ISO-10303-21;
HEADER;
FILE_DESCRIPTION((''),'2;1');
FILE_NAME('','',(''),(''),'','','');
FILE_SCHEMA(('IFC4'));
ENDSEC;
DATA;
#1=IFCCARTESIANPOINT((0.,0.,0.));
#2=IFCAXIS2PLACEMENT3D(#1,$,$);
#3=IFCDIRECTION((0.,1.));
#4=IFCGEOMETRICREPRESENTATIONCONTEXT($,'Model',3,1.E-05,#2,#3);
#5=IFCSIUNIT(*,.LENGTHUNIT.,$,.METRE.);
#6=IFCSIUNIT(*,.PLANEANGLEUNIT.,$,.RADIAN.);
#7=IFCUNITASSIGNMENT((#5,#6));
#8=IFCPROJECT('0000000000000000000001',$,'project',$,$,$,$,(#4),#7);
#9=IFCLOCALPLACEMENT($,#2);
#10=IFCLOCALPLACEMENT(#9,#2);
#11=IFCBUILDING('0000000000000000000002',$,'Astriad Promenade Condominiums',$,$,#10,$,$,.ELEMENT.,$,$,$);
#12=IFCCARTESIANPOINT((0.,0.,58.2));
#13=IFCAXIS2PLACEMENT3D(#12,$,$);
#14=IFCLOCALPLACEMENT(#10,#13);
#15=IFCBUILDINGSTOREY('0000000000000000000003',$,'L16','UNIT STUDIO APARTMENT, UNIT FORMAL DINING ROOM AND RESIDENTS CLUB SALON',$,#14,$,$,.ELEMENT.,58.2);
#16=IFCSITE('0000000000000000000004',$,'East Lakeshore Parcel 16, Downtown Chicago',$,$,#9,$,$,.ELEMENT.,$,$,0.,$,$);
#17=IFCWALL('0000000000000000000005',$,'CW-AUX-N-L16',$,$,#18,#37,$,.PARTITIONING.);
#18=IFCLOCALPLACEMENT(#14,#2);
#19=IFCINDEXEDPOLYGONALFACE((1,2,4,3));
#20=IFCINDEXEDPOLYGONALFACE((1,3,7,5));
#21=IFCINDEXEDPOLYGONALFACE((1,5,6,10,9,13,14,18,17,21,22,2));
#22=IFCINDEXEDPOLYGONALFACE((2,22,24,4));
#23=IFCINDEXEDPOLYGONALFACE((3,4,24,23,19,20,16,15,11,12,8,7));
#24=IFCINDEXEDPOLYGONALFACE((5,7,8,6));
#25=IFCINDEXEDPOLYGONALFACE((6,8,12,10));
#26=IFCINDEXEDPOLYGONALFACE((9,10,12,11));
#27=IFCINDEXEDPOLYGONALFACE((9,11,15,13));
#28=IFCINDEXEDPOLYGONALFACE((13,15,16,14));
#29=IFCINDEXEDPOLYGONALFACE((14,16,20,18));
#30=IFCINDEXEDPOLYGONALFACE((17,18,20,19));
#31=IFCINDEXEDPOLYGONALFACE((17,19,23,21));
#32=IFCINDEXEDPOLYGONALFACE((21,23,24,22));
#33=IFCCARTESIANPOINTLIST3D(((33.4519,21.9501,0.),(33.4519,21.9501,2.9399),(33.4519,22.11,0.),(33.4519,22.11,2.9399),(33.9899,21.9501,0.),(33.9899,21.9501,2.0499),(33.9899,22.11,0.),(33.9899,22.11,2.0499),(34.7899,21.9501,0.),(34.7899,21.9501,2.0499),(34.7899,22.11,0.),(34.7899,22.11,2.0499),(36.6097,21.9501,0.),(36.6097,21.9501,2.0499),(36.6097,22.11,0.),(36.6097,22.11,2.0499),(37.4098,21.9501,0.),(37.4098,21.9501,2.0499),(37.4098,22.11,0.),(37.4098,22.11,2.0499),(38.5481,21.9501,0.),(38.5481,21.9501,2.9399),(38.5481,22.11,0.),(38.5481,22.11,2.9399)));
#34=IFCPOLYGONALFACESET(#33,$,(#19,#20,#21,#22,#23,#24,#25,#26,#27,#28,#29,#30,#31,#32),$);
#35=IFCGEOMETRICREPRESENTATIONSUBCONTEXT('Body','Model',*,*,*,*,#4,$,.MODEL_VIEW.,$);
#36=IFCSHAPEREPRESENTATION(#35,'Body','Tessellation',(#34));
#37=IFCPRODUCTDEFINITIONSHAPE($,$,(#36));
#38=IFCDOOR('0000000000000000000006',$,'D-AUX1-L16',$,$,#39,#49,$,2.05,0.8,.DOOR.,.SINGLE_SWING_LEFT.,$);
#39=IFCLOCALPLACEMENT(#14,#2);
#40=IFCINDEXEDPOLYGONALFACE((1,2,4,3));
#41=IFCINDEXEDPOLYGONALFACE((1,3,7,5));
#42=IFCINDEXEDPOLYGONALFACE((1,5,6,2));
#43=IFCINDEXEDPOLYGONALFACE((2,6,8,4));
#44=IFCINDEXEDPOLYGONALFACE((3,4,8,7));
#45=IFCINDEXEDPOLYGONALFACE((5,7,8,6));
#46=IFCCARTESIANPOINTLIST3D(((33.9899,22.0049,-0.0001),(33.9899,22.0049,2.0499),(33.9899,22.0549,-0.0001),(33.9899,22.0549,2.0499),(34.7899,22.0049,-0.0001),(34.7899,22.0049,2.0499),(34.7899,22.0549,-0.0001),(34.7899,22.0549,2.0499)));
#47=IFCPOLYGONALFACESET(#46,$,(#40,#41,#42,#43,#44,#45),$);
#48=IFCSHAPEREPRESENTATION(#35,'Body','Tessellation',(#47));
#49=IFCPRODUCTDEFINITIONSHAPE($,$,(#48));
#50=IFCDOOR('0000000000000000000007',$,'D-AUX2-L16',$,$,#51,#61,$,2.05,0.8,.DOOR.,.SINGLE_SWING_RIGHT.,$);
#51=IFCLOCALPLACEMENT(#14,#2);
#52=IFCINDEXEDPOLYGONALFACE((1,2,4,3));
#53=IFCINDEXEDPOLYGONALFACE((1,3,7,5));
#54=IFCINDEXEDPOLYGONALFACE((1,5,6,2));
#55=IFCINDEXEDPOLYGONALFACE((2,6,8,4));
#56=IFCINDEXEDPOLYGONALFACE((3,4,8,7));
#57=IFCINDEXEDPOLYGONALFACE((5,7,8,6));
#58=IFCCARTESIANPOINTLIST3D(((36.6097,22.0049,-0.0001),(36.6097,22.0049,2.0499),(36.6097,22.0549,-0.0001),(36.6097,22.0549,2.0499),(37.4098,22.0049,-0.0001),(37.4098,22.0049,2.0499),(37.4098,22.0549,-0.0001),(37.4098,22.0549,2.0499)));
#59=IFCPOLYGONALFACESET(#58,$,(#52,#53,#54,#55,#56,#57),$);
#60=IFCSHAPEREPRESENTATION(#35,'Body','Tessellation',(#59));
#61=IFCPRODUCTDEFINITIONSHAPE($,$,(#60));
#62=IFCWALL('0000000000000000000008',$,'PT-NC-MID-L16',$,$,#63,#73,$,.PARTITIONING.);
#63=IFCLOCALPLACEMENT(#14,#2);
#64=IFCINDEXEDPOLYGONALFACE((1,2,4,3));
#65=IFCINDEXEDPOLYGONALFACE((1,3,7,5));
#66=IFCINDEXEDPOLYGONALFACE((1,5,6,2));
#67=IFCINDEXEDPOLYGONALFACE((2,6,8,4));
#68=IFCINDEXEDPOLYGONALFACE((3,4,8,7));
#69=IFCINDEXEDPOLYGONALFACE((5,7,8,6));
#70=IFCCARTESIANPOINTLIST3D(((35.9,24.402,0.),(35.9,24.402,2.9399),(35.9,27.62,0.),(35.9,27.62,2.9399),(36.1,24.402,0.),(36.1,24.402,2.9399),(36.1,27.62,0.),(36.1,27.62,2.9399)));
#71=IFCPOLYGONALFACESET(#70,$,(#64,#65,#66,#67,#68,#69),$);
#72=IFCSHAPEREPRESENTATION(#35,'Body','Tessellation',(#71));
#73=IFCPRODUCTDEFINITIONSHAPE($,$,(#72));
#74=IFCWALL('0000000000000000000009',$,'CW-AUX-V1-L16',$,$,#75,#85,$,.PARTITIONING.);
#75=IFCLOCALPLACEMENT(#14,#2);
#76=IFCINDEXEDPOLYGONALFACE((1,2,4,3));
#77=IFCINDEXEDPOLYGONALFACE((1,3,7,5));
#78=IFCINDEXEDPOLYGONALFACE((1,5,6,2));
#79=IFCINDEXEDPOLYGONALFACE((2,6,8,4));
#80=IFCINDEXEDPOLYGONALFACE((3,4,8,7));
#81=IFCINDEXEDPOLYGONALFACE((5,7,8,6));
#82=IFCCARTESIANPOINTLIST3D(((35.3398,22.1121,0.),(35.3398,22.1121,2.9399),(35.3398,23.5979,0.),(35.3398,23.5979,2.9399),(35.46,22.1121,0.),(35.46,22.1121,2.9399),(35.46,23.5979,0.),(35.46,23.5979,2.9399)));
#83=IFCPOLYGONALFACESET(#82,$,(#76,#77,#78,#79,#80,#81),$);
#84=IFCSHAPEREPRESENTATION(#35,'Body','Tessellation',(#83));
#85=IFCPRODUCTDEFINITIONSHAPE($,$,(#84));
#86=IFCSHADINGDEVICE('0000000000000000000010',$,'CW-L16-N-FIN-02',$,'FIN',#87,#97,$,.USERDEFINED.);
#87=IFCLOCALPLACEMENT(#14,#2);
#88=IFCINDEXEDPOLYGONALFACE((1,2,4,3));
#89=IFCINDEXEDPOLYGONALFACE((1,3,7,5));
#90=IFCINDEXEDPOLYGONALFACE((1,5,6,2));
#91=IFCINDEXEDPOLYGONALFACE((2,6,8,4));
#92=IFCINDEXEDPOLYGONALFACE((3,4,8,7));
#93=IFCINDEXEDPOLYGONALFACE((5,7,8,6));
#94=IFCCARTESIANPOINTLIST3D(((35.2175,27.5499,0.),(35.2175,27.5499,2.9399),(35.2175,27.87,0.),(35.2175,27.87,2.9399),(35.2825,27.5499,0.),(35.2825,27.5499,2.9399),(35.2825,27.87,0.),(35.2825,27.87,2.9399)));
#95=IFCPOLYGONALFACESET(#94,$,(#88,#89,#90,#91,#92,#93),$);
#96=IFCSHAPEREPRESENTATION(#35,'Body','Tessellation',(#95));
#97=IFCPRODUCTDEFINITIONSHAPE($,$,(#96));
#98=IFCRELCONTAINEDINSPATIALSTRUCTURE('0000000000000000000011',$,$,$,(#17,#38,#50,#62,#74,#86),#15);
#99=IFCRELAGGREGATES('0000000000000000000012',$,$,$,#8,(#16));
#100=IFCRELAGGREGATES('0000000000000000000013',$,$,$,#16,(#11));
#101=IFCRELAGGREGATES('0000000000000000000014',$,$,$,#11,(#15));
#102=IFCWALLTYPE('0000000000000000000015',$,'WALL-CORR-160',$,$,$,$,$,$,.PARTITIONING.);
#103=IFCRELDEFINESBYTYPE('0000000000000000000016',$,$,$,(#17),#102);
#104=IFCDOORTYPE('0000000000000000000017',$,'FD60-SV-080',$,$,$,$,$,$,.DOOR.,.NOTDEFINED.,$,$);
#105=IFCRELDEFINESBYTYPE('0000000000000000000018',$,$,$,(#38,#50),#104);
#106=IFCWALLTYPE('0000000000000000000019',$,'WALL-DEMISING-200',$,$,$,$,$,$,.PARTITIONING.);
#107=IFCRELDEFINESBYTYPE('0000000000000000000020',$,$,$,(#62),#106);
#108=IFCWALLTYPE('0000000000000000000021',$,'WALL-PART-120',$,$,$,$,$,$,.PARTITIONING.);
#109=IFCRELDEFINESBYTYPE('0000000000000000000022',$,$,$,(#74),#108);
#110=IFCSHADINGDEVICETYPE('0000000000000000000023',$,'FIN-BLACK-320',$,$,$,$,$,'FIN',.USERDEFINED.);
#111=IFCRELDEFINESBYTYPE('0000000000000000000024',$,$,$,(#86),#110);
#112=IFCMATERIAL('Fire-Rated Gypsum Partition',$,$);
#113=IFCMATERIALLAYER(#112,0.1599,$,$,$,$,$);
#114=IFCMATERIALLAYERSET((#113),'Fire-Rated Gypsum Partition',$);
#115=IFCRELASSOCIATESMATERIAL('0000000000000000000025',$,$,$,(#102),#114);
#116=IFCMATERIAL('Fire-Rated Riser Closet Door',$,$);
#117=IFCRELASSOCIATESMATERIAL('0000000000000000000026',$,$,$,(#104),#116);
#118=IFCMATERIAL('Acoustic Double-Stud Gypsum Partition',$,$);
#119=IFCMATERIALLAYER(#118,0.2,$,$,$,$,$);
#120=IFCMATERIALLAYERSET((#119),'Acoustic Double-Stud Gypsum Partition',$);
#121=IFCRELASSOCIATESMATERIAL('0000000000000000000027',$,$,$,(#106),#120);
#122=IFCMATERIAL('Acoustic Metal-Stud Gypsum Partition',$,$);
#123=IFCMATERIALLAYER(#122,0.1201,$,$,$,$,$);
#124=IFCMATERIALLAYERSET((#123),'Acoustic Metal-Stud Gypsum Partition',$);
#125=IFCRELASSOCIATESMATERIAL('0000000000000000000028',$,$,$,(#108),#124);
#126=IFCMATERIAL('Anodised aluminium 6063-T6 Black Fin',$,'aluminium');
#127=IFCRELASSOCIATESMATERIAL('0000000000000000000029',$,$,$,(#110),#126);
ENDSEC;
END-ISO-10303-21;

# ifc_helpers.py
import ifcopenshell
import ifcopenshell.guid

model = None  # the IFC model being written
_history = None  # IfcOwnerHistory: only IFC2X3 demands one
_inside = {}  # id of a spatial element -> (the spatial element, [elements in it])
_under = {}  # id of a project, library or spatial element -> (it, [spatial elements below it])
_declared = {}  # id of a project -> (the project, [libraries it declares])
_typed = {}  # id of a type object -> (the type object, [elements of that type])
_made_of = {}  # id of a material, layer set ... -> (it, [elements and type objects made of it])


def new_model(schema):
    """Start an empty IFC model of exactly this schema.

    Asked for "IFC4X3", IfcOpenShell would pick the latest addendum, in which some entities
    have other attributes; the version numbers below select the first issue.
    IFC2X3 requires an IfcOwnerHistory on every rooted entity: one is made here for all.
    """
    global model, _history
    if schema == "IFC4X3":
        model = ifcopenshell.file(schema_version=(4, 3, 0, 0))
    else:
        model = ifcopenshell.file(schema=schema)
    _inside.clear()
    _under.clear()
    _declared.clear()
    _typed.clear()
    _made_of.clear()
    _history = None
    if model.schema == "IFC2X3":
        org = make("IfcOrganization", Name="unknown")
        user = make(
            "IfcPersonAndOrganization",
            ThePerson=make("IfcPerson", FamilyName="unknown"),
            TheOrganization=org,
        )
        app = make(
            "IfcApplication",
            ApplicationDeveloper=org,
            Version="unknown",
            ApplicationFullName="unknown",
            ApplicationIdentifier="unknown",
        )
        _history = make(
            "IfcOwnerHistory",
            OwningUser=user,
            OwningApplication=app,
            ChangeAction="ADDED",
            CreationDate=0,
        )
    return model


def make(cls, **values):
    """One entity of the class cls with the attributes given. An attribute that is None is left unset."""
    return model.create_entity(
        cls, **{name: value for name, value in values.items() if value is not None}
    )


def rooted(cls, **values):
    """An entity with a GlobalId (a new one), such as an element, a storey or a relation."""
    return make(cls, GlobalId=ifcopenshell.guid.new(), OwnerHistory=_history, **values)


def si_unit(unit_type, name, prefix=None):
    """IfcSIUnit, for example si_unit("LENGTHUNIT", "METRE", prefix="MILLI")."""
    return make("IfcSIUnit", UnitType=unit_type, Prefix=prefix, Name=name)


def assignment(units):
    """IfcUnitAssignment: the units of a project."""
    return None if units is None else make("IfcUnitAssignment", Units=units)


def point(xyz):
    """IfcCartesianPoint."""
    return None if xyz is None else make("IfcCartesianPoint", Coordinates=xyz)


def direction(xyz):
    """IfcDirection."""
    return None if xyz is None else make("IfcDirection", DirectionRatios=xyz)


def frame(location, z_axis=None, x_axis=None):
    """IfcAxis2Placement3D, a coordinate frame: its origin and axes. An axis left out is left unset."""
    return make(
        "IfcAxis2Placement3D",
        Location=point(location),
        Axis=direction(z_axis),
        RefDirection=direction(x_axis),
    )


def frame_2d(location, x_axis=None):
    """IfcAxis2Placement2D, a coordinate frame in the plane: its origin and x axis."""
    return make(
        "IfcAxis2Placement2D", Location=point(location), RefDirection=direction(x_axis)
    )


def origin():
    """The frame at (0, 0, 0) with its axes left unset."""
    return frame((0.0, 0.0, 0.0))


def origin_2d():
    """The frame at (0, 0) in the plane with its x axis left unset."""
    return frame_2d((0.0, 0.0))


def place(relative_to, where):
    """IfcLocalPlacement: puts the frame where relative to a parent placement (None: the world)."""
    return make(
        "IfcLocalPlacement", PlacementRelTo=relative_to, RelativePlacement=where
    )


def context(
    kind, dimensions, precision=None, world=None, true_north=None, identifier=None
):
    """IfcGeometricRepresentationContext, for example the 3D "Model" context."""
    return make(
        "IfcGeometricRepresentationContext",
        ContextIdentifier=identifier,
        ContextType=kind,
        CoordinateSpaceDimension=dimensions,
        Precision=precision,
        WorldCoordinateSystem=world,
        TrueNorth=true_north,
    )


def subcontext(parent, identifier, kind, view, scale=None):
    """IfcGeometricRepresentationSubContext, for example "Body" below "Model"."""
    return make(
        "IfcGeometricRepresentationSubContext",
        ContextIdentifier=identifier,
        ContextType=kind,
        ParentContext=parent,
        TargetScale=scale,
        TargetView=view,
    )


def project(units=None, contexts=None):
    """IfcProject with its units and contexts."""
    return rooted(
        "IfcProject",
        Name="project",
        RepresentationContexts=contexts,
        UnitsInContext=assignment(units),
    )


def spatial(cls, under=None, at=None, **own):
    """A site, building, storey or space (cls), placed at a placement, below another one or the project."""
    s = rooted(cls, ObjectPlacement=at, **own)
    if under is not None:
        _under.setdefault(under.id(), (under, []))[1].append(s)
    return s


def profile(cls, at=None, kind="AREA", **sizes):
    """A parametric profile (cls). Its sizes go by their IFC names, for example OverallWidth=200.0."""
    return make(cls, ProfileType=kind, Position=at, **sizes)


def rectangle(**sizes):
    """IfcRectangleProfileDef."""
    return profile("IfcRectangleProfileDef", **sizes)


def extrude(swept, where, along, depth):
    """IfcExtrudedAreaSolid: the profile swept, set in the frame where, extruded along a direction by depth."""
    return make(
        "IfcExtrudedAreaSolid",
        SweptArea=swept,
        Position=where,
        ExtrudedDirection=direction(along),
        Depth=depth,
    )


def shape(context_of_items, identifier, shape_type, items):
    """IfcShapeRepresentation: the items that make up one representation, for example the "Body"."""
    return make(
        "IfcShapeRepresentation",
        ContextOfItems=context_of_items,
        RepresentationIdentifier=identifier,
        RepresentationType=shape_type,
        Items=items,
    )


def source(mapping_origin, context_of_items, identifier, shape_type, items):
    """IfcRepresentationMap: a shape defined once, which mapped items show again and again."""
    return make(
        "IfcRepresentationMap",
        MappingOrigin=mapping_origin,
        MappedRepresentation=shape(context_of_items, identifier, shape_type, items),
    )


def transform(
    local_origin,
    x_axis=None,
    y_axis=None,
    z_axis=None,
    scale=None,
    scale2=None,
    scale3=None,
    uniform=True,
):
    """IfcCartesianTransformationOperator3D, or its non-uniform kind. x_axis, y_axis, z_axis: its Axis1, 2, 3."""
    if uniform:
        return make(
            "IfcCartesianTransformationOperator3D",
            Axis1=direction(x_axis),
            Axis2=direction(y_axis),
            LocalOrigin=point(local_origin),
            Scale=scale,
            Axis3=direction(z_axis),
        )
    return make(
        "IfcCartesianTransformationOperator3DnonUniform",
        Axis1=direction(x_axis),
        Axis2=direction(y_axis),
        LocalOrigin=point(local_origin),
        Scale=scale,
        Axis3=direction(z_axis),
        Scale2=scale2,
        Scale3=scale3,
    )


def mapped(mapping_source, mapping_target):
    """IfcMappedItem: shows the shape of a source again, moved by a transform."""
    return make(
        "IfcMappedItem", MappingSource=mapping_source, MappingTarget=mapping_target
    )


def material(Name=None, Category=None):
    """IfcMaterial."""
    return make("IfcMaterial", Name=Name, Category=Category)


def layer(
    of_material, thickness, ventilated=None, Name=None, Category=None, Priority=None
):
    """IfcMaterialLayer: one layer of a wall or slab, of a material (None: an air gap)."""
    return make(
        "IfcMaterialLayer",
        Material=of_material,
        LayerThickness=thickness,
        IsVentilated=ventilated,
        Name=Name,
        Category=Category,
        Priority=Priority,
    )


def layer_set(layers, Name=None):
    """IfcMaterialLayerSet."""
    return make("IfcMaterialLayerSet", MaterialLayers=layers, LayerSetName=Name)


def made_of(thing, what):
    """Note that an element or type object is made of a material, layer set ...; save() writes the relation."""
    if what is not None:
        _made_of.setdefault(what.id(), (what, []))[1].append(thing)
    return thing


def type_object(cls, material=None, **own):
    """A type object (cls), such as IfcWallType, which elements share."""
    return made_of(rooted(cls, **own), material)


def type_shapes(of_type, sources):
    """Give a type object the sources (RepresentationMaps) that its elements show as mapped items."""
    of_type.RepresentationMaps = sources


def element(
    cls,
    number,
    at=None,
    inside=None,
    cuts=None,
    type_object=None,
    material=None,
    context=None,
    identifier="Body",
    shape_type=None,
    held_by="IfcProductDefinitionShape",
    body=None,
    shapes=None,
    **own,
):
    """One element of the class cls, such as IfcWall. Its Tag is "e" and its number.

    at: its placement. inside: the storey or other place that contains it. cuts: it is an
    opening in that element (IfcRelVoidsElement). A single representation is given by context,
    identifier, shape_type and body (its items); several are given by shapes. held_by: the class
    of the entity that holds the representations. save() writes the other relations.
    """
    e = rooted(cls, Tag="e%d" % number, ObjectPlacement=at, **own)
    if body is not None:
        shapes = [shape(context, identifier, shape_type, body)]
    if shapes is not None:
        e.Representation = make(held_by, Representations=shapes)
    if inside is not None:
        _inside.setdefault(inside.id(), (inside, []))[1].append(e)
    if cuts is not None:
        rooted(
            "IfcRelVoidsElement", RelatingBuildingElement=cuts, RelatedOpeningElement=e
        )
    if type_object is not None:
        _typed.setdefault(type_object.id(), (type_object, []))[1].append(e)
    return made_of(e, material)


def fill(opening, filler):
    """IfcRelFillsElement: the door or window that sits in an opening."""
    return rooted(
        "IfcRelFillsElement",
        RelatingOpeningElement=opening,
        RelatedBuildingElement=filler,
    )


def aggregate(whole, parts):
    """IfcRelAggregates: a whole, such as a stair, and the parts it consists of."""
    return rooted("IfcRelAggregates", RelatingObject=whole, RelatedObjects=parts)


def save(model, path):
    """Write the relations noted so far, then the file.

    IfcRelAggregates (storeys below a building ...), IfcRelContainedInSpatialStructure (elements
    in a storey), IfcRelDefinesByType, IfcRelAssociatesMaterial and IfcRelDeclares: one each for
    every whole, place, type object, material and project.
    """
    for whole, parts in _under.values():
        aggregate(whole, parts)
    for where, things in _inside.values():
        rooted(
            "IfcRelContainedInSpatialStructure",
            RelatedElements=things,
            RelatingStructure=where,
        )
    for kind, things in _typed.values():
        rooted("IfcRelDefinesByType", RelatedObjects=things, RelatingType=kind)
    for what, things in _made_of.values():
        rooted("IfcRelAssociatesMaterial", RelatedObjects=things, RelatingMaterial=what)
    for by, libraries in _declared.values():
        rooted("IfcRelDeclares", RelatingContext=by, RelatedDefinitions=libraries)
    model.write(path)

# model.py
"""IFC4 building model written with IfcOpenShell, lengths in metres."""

from ifc_helpers import new_model, si_unit, direction, frame, frame_2d, origin, origin_2d, place, context, subcontext, project, spatial, rectangle, extrude, source, transform, mapped, material, layer, layer_set, type_object, type_shapes, element, fill, save


model = new_model("IFC4")

# Units and contexts
model_context = context("Model", 3, precision=1e-05, world=origin(), true_north=direction((0.0, 1.0)))
body_context = subcontext(model_context, "Body", "Model", "MODEL_VIEW")
ifc_project = project(units=[si_unit("LENGTHUNIT", "METRE"), si_unit("PLANEANGLEUNIT", "RADIAN")], contexts=[model_context])

# Site, building, storey
site_placement = place(None, origin())
site = spatial("IfcSite", under=ifc_project, at=site_placement, Name="East Lakeshore Parcel 16, Downtown Chicago", CompositionType="ELEMENT", RefElevation=0.0)
building_placement = place(site_placement, origin())
building = spatial("IfcBuilding", under=site, at=building_placement, Name="Astriad Promenade Condominiums", CompositionType="ELEMENT")
storey_placement = place(building_placement, frame((0.0, 0.0, 58.2)))
storey = spatial("IfcBuildingStorey", under=building, at=storey_placement, Name="L16", Description="UNIT STUDIO APARTMENT, UNIT FORMAL DINING ROOM AND RESIDENTS CLUB SALON", CompositionType="ELEMENT", Elevation=58.2)

# Shared definitions
ifc_material_1 = material(Name="Fire-Rated Gypsum Partition")
ifc_layer_1 = layer(ifc_material_1, 0.1599)
ifc_layer_set_1 = layer_set([ifc_layer_1], Name="Fire-Rated Gypsum Partition")
wall_type_1 = type_object("IfcWallType", Name="WALL-CORR-160", PredefinedType="PARTITIONING", material=ifc_layer_set_1)

# Wall, openings, doors
wall_1_placement = place(storey_placement, frame((33.4519, 22.03, 0.0), z_axis=(0.0, 0.0, 1.0), x_axis=(1.0, 0.0, 0.0)))
wall_1 = element("IfcWall", 1, at=wall_1_placement, inside=storey, type_object=wall_type_1, Name="CW-AUX-N-L16", PredefinedType="PARTITIONING", context=body_context, shape_type="SweptSolid", body=[
    extrude(rectangle(XDim=5.0962, YDim=0.1599, at=frame_2d((2.5481, 0.0))), origin(), (0.0, 0.0, 1.0), 2.9399),
])
opening_1_placement = place(wall_1_placement, frame((0.5381, 0.0, 0.0)))
opening_1 = element("IfcOpeningElement", 2, at=opening_1_placement, cuts=wall_1, PredefinedType="OPENING", context=body_context, shape_type="SweptSolid", body=[
    extrude(rectangle(XDim=0.8, YDim=2.05, at=frame_2d((0.3999, 1.0249))), frame((0.0, 0.0898, 0.0), z_axis=(0.0, -1.0, 0.0), x_axis=(1.0, 0.0, 0.0)), (0.0, 0.0, 1.0), 0.1799),
])
opening_2_placement = place(wall_1_placement, frame((3.158, 0.0, 0.0)))
opening_2 = element("IfcOpeningElement", 3, at=opening_2_placement, cuts=wall_1, PredefinedType="OPENING", context=body_context, shape_type="SweptSolid", body=[
    extrude(rectangle(XDim=0.8, YDim=2.05, at=frame_2d((0.3999, 1.0249))), frame((0.0, 0.0898, 0.0), z_axis=(0.0, -1.0, 0.0), x_axis=(1.0, 0.0, 0.0)), (0.0, 0.0, 1.0), 0.1799),
])
ifc_material_2 = material(Name="Fire-Rated Riser Closet Door")
door_type_1 = type_object("IfcDoorType", Name="FD60-SV-080", OperationType="NOTDEFINED", PredefinedType="DOOR", material=ifc_material_2)
shared_shape_1 = source(origin(), body_context, "Body", "SweptSolid", [
    extrude(rectangle(XDim=0.8, YDim=2.05, at=frame_2d((0.3999, 1.0249))), frame((0.0, 0.0249, 0.0), z_axis=(0.0, -1.0, 0.0), x_axis=(1.0, 0.0, 0.0)), (0.0, 0.0, 1.0), 0.05),
])
type_shapes(door_type_1, [shared_shape_1])
door_1_placement = place(opening_1_placement, origin())
door_1 = element("IfcDoor", 4, at=door_1_placement, inside=storey, type_object=door_type_1, Name="D-AUX1-L16", OperationType="SINGLE_SWING_LEFT", OverallHeight=2.05, OverallWidth=0.8, PredefinedType="DOOR", context=body_context, shape_type="MappedRepresentation", body=[
    mapped(shared_shape_1, transform((0.0, 0.0, 0.0), scale=1.0)),
])
fill(opening_1, door_1)
door_2_placement = place(opening_2_placement, origin())
door_2 = element("IfcDoor", 5, at=door_2_placement, inside=storey, type_object=door_type_1, Name="D-AUX2-L16", OperationType="SINGLE_SWING_RIGHT", OverallHeight=2.05, OverallWidth=0.8, PredefinedType="DOOR", context=body_context, shape_type="MappedRepresentation", body=[
    mapped(shared_shape_1, transform((0.0, 0.0, 0.0), scale=1.0)),
])
fill(opening_2, door_2)

# Walls
ifc_material_3 = material(Name="Acoustic Double-Stud Gypsum Partition")
ifc_layer_2 = layer(ifc_material_3, 0.2)
ifc_layer_set_2 = layer_set([ifc_layer_2], Name="Acoustic Double-Stud Gypsum Partition")
wall_type_2 = type_object("IfcWallType", Name="WALL-DEMISING-200", PredefinedType="PARTITIONING", material=ifc_layer_set_2)
wall_2_placement = place(storey_placement, frame((36.0, 24.4021, 0.0), z_axis=(0.0, 0.0, 1.0), x_axis=(0.0, 1.0, 0.0)))
element("IfcWall", 6, at=wall_2_placement, inside=storey, type_object=wall_type_2, Name="PT-NC-MID-L16", PredefinedType="PARTITIONING", context=body_context, shape_type="SweptSolid", body=[
    extrude(rectangle(XDim=3.218, YDim=0.2, at=frame_2d((1.6089, 0.0))), origin(), (0.0, 0.0, 1.0), 2.9399),
])
ifc_material_4 = material(Name="Acoustic Metal-Stud Gypsum Partition")
ifc_layer_3 = layer(ifc_material_4, 0.1201)
ifc_layer_set_3 = layer_set([ifc_layer_3], Name="Acoustic Metal-Stud Gypsum Partition")
wall_type_3 = type_object("IfcWallType", Name="WALL-PART-120", PredefinedType="PARTITIONING", material=ifc_layer_set_3)
wall_3_placement = place(storey_placement, frame((35.3999, 22.1121, 0.0), z_axis=(0.0, 0.0, 1.0), x_axis=(0.0, 1.0, 0.0)))
element("IfcWall", 7, at=wall_3_placement, inside=storey, type_object=wall_type_3, Name="CW-AUX-V1-L16", PredefinedType="PARTITIONING", context=body_context, shape_type="SweptSolid", body=[
    extrude(rectangle(XDim=1.4858, YDim=0.1201, at=frame_2d((0.7429, 0.0))), origin(), (0.0, 0.0, 1.0), 2.9399),
])

# Shading device
ifc_material_5 = material(Name="Anodised aluminium 6063-T6 Black Fin", Category="aluminium")
shading_device_type = type_object("IfcShadingDeviceType", Name="FIN-BLACK-320", ElementType="FIN", PredefinedType="USERDEFINED", material=ifc_material_5)
shared_shape_2 = source(origin(), body_context, "Body", "SweptSolid", [
    extrude(rectangle(XDim=0.0649, YDim=0.3201, at=origin_2d()), origin(), (0.0, 0.0, 1.0), 2.9399),
])
type_shapes(shading_device_type, [shared_shape_2])
shading_device_placement = place(storey_placement, frame((35.25, 27.71, 0.0), z_axis=(0.0, 0.0, 1.0), x_axis=(1.0, 0.0, 0.0)))
element("IfcShadingDevice", 8, at=shading_device_placement, inside=storey, type_object=shading_device_type, Name="CW-L16-N-FIN-02", ObjectType="FIN", PredefinedType="USERDEFINED", context=body_context, shape_type="MappedRepresentation", body=[
    mapped(shared_shape_2, transform((0.0, 0.0, 0.0), scale=1.0)),
])

save(model, "model.ifc")
